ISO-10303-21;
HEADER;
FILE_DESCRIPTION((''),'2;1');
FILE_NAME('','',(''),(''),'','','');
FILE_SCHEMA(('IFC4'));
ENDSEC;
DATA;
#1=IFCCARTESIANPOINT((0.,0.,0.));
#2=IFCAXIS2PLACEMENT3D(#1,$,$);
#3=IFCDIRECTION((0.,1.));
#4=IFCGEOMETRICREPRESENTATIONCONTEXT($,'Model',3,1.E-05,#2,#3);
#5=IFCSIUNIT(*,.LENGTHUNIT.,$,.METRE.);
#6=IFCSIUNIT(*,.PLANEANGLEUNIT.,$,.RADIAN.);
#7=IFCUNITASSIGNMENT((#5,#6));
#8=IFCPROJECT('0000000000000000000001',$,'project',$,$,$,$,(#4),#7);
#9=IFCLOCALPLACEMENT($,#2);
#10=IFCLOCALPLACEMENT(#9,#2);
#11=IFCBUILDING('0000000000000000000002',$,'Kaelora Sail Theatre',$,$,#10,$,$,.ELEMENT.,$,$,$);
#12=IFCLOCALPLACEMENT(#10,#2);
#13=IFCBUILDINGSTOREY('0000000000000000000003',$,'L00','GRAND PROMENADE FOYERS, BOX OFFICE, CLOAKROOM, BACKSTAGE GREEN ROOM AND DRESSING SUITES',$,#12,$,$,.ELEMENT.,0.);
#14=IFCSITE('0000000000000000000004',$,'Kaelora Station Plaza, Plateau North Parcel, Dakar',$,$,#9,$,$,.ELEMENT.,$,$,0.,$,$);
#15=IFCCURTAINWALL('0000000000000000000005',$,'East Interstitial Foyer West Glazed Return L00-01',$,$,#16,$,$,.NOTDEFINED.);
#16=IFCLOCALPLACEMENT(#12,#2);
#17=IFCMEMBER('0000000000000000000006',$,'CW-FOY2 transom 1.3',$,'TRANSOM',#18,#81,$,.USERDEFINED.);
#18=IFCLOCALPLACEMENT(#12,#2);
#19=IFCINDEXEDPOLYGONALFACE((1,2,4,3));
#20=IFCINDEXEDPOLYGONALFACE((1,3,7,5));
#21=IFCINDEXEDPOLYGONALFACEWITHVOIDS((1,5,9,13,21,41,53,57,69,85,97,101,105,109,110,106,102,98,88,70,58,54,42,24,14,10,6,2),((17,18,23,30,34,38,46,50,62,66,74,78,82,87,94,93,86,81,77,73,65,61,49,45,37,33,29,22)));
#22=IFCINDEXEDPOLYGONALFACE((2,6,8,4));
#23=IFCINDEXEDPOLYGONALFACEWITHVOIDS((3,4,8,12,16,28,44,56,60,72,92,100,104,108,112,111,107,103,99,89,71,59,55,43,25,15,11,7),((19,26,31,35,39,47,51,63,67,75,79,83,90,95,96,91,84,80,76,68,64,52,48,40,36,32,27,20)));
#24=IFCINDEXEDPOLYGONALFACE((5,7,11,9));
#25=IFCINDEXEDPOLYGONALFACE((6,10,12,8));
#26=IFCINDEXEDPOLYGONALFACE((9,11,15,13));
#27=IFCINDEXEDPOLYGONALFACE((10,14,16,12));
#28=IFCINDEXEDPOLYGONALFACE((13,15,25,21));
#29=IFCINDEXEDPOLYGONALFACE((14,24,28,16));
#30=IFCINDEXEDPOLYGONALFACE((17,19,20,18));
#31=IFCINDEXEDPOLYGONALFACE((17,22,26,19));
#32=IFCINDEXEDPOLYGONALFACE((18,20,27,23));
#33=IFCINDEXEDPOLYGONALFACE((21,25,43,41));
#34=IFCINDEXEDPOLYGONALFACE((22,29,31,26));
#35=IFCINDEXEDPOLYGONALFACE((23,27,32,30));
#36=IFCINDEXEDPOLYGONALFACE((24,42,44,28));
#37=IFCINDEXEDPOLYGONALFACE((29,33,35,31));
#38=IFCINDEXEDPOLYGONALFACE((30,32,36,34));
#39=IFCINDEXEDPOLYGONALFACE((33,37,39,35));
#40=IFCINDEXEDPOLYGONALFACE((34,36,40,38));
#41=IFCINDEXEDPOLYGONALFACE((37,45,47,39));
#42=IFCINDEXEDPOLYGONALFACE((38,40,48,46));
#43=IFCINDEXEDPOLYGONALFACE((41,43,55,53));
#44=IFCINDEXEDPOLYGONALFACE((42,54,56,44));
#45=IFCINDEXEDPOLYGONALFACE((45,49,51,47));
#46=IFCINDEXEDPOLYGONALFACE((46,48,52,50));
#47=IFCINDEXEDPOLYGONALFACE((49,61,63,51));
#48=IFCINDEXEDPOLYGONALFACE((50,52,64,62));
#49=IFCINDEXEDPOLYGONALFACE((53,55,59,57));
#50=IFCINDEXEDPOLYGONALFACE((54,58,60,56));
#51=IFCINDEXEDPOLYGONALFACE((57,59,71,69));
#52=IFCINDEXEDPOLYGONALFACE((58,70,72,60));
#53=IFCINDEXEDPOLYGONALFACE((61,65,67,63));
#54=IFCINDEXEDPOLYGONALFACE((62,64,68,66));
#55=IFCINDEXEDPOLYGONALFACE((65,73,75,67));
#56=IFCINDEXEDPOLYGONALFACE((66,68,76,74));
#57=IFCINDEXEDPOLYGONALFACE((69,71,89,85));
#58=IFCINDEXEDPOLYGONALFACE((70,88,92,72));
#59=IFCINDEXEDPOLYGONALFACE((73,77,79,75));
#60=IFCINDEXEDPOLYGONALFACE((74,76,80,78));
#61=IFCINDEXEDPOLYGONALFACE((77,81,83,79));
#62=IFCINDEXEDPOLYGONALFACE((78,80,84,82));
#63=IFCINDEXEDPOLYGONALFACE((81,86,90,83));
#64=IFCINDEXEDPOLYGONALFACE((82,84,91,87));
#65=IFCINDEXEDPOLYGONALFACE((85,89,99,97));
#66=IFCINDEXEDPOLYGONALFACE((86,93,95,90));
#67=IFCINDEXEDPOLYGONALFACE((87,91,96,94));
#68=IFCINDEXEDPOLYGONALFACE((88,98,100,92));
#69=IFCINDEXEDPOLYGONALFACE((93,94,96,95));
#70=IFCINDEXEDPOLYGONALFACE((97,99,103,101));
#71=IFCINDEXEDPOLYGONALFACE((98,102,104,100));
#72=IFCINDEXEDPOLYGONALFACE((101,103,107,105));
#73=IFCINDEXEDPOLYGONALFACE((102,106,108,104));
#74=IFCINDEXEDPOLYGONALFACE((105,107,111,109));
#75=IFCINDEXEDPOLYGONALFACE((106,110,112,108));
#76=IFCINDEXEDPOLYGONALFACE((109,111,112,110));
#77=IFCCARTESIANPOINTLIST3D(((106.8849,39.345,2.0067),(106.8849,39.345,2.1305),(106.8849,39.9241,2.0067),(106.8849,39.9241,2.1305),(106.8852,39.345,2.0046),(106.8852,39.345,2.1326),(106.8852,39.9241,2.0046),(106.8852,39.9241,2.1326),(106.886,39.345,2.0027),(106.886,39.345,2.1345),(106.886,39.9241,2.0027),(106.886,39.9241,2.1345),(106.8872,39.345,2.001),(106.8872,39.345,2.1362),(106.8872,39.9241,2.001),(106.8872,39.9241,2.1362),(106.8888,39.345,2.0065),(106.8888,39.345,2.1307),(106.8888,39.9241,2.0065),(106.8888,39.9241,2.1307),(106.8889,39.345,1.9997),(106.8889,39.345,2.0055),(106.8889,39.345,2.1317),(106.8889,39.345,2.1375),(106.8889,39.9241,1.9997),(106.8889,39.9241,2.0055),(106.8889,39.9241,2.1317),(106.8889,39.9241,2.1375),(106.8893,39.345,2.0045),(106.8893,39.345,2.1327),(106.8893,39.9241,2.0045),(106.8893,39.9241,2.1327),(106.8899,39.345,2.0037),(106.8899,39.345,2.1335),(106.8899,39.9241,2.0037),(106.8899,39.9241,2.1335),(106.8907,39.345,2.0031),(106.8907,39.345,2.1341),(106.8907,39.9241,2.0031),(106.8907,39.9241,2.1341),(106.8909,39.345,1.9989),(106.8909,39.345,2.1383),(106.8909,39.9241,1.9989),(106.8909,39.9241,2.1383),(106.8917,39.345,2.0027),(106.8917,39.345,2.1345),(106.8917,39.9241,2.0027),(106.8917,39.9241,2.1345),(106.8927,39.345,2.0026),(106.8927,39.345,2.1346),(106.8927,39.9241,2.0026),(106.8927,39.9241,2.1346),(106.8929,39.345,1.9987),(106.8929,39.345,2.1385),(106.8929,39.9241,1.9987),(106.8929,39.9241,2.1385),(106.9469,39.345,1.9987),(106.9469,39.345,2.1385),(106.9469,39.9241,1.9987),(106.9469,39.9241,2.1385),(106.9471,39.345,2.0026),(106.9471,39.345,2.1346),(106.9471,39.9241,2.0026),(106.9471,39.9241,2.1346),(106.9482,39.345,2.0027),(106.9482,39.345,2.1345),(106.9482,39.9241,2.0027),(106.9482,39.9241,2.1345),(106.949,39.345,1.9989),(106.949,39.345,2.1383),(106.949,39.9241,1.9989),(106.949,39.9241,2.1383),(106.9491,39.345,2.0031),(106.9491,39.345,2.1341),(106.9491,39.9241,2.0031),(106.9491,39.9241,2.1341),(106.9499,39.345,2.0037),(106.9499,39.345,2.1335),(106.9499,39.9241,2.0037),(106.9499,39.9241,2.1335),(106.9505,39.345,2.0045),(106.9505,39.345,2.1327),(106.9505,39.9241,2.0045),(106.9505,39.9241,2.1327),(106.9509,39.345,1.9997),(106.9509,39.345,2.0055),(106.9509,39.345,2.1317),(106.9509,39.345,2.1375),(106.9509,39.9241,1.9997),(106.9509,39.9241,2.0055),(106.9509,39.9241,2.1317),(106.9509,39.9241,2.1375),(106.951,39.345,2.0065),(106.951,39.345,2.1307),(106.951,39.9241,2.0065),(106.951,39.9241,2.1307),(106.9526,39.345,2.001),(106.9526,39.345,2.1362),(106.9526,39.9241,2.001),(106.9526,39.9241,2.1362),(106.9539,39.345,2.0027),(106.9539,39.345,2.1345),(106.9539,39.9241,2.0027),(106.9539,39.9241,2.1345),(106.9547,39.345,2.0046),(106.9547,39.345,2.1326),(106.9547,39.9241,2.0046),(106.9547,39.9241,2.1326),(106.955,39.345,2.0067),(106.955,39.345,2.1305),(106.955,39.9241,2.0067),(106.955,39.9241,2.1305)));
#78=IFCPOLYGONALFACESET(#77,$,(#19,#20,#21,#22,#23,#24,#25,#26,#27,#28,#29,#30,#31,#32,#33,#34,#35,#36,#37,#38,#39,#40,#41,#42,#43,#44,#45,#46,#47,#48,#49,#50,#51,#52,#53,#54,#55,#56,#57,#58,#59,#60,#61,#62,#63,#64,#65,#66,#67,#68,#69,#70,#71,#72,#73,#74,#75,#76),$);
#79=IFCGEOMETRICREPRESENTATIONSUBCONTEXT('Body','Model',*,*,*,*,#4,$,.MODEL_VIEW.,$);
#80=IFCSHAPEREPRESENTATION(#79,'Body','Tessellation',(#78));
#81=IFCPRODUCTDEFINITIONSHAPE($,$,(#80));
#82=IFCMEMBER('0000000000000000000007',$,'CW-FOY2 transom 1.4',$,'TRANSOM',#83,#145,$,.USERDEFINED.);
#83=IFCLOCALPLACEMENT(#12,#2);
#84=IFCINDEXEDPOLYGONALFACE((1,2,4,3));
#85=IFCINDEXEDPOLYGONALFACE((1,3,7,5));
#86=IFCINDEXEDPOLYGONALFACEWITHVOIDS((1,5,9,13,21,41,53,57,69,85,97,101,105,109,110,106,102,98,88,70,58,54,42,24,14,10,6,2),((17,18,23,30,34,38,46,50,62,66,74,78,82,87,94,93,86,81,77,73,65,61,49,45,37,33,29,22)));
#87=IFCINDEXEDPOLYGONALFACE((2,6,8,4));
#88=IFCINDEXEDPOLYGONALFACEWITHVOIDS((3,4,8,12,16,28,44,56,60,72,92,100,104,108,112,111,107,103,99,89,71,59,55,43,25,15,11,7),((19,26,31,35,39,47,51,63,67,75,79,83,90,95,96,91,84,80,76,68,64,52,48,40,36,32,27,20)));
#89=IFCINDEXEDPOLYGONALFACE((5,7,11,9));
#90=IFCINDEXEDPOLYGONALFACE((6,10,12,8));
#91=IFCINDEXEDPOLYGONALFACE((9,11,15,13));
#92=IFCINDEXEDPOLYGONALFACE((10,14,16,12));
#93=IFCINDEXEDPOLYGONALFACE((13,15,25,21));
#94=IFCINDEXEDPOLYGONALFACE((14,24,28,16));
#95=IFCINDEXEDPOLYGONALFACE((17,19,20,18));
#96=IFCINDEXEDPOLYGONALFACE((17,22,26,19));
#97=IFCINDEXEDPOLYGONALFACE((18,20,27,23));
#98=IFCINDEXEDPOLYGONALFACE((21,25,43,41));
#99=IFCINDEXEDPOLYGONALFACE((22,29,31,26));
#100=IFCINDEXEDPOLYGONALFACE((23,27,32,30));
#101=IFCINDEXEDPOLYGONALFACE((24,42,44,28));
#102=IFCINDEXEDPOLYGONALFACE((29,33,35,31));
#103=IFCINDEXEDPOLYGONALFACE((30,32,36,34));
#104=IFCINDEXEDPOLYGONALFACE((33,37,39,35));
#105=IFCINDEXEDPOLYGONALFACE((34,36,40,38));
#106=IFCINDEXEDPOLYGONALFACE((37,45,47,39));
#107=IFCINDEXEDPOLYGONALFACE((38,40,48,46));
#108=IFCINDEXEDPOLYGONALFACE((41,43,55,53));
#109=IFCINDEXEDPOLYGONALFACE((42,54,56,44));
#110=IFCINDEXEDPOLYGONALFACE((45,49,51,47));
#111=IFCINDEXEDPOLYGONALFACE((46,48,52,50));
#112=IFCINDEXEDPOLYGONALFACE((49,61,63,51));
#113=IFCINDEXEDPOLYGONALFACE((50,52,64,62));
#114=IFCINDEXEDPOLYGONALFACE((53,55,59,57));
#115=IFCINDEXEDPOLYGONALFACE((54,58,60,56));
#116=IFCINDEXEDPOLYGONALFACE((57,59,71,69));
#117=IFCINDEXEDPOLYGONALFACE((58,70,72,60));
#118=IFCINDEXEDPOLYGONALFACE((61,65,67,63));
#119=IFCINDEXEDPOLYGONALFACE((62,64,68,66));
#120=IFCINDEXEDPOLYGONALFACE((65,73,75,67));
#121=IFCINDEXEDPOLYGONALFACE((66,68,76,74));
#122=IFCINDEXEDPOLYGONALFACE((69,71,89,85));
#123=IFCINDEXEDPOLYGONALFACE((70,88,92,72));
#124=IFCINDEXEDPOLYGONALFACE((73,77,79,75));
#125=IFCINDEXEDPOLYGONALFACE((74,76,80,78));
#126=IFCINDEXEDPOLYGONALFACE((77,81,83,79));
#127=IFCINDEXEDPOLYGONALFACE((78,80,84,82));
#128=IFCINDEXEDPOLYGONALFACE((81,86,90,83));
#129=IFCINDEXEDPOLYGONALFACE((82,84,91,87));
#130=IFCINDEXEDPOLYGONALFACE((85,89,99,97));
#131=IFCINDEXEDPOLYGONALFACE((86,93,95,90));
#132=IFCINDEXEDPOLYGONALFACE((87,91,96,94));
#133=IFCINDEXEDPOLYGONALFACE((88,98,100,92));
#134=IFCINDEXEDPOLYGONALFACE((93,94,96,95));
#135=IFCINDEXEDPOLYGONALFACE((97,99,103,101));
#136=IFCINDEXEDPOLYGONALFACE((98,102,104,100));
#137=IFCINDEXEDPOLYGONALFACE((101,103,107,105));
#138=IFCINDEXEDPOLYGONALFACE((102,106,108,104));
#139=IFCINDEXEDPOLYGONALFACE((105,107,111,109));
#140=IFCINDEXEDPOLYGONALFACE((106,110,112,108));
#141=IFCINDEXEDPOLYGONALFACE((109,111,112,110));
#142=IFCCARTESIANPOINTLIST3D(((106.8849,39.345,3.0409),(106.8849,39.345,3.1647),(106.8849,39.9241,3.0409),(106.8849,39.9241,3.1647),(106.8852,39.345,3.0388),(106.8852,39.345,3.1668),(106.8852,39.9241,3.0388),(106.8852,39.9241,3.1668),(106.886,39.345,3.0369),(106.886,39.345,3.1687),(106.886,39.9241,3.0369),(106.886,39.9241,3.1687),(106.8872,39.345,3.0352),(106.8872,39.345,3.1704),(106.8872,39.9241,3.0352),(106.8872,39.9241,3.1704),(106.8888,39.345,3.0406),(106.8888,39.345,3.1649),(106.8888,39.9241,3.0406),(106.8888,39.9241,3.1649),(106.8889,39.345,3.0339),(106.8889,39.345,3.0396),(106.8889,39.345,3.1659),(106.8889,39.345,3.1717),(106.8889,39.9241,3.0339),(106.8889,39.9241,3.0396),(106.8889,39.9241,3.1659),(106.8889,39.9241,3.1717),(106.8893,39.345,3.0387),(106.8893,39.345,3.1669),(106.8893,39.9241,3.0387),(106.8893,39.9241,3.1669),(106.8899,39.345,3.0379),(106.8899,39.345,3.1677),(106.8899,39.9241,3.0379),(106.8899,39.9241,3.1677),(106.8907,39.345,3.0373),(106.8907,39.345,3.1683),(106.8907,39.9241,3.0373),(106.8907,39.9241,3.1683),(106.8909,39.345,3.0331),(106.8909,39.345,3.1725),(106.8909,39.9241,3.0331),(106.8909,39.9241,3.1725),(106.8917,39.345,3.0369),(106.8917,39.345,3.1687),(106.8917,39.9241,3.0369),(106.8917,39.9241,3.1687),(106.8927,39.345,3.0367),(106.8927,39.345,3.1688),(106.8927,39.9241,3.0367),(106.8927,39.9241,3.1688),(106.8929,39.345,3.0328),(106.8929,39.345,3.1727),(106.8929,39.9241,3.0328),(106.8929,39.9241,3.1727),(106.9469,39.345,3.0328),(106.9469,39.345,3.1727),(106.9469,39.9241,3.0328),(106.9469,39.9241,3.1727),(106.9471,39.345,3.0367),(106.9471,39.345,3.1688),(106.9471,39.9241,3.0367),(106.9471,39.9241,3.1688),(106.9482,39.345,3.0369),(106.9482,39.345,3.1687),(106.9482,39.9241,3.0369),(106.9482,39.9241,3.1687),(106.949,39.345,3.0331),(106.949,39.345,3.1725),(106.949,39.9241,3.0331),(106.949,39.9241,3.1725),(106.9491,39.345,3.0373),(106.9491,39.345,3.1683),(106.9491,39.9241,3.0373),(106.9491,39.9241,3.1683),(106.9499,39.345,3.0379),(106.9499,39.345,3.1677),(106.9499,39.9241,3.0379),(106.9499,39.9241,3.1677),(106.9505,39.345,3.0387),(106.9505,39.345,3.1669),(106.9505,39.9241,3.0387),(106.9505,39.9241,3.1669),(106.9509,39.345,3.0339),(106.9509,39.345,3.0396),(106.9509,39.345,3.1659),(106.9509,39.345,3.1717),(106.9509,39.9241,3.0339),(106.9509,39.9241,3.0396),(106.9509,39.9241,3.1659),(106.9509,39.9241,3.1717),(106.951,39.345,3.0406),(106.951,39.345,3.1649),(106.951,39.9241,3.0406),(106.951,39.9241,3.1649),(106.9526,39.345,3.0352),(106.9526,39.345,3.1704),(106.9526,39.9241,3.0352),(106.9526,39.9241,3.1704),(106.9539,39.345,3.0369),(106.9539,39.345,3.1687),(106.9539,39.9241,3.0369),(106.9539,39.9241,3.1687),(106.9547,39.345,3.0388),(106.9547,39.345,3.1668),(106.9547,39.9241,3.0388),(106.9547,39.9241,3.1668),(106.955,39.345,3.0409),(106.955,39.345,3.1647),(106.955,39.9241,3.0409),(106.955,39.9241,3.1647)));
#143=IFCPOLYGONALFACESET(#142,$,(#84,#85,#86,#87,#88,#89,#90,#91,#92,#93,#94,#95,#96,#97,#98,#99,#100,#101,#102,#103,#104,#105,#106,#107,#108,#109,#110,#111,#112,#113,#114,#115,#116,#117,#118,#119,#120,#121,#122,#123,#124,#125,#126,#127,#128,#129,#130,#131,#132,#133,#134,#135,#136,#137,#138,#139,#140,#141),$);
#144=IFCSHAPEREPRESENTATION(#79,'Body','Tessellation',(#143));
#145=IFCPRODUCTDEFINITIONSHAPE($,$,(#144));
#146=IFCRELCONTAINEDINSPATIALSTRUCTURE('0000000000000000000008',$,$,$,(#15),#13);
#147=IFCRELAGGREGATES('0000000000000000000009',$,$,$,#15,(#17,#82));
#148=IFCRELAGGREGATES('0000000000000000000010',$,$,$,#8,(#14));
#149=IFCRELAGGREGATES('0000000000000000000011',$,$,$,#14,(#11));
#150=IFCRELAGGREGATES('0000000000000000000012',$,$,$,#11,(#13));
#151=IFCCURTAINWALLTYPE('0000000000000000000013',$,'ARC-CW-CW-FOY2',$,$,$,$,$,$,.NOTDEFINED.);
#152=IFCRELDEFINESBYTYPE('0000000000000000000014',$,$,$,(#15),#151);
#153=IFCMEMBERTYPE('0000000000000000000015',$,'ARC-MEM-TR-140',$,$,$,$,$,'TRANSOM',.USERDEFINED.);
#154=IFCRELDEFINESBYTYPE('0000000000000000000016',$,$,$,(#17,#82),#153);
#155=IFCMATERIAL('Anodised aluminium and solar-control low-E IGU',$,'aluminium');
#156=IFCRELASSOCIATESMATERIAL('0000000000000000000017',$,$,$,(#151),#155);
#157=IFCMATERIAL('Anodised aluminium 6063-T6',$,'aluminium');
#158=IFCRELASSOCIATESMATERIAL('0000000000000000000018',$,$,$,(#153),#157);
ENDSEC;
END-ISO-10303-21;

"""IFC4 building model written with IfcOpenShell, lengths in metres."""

from ifc_helpers import new_model, si_unit, direction, frame, origin, origin_2d, place, context, subcontext, project, spatial, hollow_rectangle, extrude, material, material_profile, profile_set, type_object, element, aggregate, save


model = new_model("IFC4")

# Units and contexts
model_context = context("Model", 3, precision=1e-05, world=origin(), true_north=direction((0.0, 1.0)))
body_context = subcontext(model_context, "Body", "Model", "MODEL_VIEW")
ifc_project = project(units=[si_unit("LENGTHUNIT", "METRE"), si_unit("PLANEANGLEUNIT", "RADIAN")], contexts=[model_context])

# Site, building, storey
site_placement = place(None, origin())
site = spatial("IfcSite", under=ifc_project, at=site_placement, Name="Kaelora Station Plaza, Plateau North Parcel, Dakar", CompositionType="ELEMENT", RefElevation=0.0)
building_placement = place(site_placement, origin())
building = spatial("IfcBuilding", under=site, at=building_placement, Name="Kaelora Sail Theatre", CompositionType="ELEMENT")
storey_placement = place(building_placement, origin())
storey = spatial("IfcBuildingStorey", under=building, at=storey_placement, Name="L00", Description="GRAND PROMENADE FOYERS, BOX OFFICE, CLOAKROOM, BACKSTAGE GREEN ROOM AND DRESSING SUITES", CompositionType="ELEMENT", Elevation=0.0)

# Curtain wall, members
ifc_material_1 = material(Name="Anodised aluminium and solar-control low-E IGU", Category="aluminium")
curtain_wall_type = type_object("IfcCurtainWallType", Name="ARC-CW-CW-FOY2", PredefinedType="NOTDEFINED", material=ifc_material_1)
curtain_wall_placement = place(storey_placement, origin())
curtain_wall = element("IfcCurtainWall", 1, at=curtain_wall_placement, inside=storey, type_object=curtain_wall_type, Name="East Interstitial Foyer West Glazed Return L00-01", PredefinedType="NOTDEFINED")
ifc_material_2 = material(Name="Anodised aluminium 6063-T6", Category="aluminium")
ifc_material_profile = material_profile(ifc_material_2, hollow_rectangle(XDim=0.0701, YDim=0.1399, WallThickness=0.0039, InnerFilletRadius=0.0039, OuterFilletRadius=0.0081, at=origin_2d()), Name="ALU-TRAN 70x140x4")
ifc_profile_set = profile_set([ifc_material_profile], Name="Anodised aluminium 6063-T6")
member_type = type_object("IfcMemberType", Name="ARC-MEM-TR-140", ElementType="TRANSOM", PredefinedType="USERDEFINED", material=ifc_profile_set)
member_1_placement = place(storey_placement, frame((106.9199, 39.345, 2.0686), z_axis=(0.0, 1.0, 0.0), x_axis=(-1.0, 0.0, 0.0)))
member_1 = element("IfcMember", 2, at=member_1_placement, type_object=member_type, Name="CW-FOY2 transom 1.3", ObjectType="TRANSOM", PredefinedType="USERDEFINED", context=body_context, shape_type="SweptSolid", body=[
    extrude(hollow_rectangle(XDim=0.0701, YDim=0.1399, WallThickness=0.0039, InnerFilletRadius=0.0039, OuterFilletRadius=0.0081, at=origin_2d()), origin(), (0.0, 0.0, 1.0), 0.5791),
])
member_2_placement = place(storey_placement, frame((106.9199, 39.345, 3.1028), z_axis=(0.0, 1.0, 0.0), x_axis=(-1.0, 0.0, 0.0)))
member_2 = element("IfcMember", 3, at=member_2_placement, type_object=member_type, Name="CW-FOY2 transom 1.4", ObjectType="TRANSOM", PredefinedType="USERDEFINED", context=body_context, shape_type="SweptSolid", body=[
    extrude(hollow_rectangle(XDim=0.0701, YDim=0.1399, WallThickness=0.0039, InnerFilletRadius=0.0039, OuterFilletRadius=0.0081, at=origin_2d()), origin(), (0.0, 0.0, 1.0), 0.5791),
])
aggregate(curtain_wall, [member_1, member_2])

save(model, "model.ifc")
